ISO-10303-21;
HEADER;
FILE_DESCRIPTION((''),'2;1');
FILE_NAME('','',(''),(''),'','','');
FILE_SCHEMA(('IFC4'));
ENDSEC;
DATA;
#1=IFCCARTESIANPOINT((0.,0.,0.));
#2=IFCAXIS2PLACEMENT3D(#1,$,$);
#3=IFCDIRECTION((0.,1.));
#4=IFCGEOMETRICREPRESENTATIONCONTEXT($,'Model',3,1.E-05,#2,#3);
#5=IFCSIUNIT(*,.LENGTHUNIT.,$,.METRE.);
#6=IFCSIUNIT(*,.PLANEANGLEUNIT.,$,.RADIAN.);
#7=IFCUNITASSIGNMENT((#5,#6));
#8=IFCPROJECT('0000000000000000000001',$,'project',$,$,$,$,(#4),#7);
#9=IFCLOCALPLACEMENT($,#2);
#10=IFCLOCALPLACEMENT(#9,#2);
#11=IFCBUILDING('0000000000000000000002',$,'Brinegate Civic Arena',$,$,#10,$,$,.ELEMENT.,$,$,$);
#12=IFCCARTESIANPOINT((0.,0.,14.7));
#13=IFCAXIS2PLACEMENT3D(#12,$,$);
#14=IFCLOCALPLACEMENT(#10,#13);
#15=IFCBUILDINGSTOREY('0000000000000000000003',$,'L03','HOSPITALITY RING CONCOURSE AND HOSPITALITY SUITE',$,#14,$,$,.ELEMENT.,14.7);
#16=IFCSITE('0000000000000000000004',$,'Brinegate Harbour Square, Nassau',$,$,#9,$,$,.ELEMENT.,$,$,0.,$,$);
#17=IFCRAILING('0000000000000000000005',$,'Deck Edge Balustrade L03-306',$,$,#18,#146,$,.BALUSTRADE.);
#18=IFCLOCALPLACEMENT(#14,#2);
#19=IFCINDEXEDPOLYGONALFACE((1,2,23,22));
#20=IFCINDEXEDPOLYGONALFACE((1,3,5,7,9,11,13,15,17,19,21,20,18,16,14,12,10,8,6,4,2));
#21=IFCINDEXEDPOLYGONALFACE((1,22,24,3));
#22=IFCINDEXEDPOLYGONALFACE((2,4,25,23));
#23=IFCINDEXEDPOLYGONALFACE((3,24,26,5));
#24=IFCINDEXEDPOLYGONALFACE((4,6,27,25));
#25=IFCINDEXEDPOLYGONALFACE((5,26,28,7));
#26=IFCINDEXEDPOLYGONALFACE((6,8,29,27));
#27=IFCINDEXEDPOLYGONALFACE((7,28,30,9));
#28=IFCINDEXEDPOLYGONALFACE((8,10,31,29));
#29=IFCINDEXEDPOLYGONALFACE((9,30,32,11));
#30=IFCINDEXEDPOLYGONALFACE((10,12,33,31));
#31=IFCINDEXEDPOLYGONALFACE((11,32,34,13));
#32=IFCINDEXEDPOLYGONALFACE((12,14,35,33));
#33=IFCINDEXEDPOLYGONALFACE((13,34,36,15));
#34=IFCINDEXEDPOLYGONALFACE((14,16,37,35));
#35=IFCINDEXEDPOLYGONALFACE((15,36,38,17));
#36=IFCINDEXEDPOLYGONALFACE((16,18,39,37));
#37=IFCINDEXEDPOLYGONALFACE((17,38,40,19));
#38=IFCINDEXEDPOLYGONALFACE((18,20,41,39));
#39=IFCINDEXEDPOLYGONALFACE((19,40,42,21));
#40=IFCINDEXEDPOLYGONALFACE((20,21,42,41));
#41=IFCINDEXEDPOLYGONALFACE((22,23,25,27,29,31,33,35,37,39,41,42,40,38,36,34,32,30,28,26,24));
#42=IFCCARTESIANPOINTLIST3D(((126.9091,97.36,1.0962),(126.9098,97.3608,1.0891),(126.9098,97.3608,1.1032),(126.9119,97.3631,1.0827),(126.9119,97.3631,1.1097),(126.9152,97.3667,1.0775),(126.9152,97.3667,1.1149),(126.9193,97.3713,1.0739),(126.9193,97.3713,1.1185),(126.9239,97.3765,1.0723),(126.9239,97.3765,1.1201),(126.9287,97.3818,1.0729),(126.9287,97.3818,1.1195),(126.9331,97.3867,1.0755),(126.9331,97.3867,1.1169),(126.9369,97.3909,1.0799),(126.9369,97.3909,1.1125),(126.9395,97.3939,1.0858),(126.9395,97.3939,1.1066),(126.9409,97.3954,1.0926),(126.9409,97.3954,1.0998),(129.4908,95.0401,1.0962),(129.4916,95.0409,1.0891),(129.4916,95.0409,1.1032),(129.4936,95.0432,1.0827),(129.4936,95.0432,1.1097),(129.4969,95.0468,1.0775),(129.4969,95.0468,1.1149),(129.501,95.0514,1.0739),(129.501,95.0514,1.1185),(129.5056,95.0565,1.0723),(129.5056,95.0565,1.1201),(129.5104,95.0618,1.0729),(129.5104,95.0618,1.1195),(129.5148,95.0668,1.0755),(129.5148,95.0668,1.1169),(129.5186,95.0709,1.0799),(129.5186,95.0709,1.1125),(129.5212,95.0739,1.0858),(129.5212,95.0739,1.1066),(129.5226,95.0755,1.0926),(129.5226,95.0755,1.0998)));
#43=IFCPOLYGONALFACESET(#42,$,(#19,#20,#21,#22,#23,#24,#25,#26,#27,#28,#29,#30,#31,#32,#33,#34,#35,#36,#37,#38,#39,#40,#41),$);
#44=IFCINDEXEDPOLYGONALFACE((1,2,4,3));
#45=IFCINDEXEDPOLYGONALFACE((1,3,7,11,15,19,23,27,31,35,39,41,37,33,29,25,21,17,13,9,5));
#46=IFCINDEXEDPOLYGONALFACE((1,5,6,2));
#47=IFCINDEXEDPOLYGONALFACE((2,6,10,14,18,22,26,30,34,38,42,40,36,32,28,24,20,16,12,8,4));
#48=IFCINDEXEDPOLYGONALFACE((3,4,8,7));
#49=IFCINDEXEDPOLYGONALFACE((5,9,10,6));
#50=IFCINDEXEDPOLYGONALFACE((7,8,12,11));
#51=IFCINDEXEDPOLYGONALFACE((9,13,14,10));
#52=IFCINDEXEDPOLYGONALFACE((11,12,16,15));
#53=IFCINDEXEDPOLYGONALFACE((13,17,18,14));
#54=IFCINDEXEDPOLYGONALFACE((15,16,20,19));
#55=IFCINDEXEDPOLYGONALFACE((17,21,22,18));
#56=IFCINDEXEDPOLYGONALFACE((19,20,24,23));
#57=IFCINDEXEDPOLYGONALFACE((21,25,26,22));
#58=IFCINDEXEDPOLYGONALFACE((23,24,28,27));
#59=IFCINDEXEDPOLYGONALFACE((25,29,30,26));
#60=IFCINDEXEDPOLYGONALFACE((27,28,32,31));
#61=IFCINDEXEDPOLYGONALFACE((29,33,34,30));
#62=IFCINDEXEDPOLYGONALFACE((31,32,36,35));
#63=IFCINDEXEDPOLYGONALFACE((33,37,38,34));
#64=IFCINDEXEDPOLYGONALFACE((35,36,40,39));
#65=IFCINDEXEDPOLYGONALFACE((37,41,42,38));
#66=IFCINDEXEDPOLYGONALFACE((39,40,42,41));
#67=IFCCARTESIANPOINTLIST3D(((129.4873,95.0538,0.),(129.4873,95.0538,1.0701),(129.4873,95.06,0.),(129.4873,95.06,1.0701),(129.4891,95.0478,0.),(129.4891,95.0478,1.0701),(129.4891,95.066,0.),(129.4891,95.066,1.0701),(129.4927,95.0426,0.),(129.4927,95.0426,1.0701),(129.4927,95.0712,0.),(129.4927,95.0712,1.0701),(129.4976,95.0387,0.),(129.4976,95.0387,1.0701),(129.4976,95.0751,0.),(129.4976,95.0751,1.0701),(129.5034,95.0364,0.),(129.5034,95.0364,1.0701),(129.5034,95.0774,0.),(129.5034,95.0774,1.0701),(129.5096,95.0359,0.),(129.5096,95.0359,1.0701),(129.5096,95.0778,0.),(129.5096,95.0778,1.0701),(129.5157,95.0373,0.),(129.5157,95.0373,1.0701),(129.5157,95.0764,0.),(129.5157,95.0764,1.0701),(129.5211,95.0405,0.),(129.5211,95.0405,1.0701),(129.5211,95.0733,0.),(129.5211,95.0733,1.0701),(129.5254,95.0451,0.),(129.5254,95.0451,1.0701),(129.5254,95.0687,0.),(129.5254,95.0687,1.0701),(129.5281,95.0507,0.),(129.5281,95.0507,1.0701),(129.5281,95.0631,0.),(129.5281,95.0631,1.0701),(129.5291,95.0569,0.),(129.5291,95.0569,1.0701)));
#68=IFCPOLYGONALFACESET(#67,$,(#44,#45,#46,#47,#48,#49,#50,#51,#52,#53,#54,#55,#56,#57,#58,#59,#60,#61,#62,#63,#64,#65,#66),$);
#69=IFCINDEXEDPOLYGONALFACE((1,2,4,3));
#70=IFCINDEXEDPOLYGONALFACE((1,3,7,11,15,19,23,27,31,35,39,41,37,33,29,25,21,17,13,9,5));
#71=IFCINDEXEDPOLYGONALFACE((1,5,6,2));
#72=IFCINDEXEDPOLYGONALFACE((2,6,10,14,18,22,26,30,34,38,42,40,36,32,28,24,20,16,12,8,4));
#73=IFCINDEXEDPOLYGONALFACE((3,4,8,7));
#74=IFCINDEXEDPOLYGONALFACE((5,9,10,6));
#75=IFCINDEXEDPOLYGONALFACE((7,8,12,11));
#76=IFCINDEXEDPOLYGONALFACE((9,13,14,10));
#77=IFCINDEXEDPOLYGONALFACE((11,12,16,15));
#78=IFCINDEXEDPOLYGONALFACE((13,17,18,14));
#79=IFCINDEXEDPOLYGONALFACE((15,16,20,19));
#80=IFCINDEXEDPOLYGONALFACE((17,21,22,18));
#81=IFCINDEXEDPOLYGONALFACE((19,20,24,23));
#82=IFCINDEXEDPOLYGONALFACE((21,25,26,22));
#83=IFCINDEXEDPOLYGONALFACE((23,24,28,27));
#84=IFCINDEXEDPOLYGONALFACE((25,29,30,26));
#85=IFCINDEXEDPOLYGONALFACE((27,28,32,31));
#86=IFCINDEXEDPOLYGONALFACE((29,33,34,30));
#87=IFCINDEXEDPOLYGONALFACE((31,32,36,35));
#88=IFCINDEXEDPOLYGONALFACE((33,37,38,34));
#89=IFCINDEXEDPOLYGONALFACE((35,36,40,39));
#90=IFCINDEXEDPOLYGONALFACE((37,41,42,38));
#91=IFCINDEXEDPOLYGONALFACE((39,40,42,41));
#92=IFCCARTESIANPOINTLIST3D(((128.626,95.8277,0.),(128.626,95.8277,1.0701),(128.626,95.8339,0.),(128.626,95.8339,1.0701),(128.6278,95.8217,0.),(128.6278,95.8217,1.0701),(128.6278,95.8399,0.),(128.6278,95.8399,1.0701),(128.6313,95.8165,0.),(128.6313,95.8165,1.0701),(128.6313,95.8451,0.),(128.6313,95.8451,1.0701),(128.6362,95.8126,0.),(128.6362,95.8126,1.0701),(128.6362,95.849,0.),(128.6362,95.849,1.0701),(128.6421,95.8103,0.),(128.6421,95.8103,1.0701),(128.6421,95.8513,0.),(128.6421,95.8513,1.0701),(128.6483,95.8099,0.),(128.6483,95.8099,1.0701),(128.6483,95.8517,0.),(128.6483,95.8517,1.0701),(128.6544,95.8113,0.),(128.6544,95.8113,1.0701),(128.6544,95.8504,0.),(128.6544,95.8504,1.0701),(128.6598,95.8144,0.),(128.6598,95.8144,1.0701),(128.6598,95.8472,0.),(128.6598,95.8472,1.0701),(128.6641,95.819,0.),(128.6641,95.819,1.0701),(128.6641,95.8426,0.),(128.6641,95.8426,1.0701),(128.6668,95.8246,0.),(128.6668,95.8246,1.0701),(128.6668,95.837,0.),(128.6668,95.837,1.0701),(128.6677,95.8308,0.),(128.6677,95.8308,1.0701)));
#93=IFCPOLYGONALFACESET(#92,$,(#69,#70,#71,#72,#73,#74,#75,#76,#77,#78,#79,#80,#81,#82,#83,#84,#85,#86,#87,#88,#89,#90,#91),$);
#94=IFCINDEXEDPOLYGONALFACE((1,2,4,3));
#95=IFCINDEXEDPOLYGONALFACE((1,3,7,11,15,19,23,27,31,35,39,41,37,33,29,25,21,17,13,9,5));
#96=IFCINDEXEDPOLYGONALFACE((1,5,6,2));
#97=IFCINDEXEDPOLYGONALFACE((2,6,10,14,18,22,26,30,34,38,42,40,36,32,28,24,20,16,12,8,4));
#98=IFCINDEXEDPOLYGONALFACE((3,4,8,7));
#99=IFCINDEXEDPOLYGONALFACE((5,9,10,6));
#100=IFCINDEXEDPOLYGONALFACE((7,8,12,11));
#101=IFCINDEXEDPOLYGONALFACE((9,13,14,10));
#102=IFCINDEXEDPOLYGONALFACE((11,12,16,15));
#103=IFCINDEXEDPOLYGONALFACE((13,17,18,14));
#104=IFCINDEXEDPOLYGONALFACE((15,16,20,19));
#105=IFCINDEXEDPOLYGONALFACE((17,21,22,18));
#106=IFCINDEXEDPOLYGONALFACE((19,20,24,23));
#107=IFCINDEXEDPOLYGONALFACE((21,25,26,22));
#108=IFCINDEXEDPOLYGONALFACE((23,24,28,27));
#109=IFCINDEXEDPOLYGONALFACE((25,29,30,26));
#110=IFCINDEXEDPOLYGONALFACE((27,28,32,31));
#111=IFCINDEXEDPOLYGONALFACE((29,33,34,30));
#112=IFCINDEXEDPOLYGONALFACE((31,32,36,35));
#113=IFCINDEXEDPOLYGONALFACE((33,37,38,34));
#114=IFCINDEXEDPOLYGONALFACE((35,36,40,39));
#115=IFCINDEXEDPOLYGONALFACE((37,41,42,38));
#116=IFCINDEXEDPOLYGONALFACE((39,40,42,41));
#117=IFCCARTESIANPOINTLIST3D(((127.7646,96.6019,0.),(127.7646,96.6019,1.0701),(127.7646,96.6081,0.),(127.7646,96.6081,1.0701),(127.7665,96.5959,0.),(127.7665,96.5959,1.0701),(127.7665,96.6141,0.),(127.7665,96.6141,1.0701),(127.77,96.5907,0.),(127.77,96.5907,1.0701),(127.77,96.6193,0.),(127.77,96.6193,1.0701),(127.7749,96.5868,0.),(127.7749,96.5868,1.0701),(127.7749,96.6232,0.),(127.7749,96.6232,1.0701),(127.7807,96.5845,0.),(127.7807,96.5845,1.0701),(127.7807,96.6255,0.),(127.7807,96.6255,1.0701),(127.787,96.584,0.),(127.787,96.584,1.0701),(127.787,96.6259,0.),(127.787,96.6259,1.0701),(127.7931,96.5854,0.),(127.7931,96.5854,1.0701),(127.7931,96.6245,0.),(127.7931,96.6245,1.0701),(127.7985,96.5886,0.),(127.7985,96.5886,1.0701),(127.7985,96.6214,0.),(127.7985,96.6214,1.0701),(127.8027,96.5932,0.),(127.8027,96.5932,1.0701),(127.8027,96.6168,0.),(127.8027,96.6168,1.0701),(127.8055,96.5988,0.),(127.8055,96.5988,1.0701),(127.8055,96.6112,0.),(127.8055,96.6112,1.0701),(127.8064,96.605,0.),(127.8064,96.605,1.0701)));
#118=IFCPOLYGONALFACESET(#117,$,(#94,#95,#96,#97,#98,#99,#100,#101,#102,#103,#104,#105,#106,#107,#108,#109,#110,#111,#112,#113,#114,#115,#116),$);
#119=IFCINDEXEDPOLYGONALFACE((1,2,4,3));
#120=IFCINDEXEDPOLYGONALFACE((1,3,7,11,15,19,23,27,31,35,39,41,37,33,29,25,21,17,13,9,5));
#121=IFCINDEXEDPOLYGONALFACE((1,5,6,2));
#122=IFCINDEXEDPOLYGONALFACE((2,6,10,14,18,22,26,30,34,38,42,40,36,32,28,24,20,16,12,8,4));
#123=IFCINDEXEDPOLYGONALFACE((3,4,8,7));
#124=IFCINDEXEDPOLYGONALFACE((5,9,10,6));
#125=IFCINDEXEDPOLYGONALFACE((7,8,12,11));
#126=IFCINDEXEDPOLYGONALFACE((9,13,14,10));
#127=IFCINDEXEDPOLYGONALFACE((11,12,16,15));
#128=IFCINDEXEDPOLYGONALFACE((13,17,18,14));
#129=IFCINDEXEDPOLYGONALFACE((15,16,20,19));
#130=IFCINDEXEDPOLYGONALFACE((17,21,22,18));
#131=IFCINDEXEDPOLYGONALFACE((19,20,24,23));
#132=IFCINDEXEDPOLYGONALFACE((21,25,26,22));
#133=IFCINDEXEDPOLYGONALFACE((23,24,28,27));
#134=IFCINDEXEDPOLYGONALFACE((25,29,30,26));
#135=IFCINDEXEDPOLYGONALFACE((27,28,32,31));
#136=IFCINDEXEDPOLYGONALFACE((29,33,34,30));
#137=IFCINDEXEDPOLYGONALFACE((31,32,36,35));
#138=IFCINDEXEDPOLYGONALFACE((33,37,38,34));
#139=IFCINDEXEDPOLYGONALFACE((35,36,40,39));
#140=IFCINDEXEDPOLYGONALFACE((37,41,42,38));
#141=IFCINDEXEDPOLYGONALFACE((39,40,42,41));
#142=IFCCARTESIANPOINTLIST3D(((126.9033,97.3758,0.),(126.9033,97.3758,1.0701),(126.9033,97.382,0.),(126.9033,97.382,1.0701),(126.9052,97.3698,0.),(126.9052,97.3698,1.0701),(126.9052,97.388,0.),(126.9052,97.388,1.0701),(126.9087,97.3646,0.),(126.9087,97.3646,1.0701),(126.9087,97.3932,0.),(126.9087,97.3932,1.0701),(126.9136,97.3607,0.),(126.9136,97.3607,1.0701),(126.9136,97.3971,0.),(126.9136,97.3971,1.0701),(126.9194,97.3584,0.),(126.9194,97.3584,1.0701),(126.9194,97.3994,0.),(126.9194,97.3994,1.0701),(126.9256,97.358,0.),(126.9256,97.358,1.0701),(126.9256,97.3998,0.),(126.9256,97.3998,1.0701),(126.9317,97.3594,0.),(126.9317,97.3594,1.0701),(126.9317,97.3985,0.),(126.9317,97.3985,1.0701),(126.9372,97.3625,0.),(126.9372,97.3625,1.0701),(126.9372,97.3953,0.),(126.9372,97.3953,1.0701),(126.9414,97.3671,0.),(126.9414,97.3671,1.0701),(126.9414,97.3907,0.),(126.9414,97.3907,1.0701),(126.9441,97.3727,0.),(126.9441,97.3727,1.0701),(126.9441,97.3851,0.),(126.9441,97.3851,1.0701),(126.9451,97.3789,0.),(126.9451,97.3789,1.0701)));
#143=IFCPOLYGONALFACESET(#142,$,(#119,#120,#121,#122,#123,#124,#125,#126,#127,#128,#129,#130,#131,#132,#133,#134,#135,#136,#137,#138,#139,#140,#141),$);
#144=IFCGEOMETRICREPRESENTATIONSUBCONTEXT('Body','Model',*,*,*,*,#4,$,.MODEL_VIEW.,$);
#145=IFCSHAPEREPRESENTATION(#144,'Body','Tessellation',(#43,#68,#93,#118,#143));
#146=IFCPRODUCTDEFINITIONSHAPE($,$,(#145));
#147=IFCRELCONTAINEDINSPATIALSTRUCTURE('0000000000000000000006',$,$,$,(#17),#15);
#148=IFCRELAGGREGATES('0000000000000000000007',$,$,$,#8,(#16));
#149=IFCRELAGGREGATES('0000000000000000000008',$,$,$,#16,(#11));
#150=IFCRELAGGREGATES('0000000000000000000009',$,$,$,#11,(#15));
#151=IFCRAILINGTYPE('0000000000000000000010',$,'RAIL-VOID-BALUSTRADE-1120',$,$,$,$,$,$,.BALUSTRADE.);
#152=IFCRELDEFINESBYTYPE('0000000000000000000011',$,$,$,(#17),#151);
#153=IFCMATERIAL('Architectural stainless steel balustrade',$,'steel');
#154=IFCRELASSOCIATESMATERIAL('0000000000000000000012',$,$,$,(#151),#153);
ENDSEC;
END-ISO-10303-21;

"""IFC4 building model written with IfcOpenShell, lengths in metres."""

from ifc_helpers import new_model, si_unit, direction, frame, origin, origin_2d, place, context, subcontext, project, spatial, circle, extrude, material, type_object, element, save


model = new_model("IFC4")

# Units and contexts
model_context = context("Model", 3, precision=1e-05, world=origin(), true_north=direction((0.0, 1.0)))
body_context = subcontext(model_context, "Body", "Model", "MODEL_VIEW")
ifc_project = project(units=[si_unit("LENGTHUNIT", "METRE"), si_unit("PLANEANGLEUNIT", "RADIAN")], contexts=[model_context])

# Site, building, storey
site_placement = place(None, origin())
site = spatial("IfcSite", under=ifc_project, at=site_placement, Name="Brinegate Harbour Square, Nassau", CompositionType="ELEMENT", RefElevation=0.0)
building_placement = place(site_placement, origin())
building = spatial("IfcBuilding", under=site, at=building_placement, Name="Brinegate Civic Arena", CompositionType="ELEMENT")
storey_placement = place(building_placement, frame((0.0, 0.0, 14.7)))
storey = spatial("IfcBuildingStorey", under=building, at=storey_placement, Name="L03", Description="HOSPITALITY RING CONCOURSE AND HOSPITALITY SUITE", CompositionType="ELEMENT", Elevation=14.7)

# Railing
ifc_material_1 = material(Name="Architectural stainless steel balustrade", Category="steel")
railing_type_1 = type_object("IfcRailingType", Name="RAIL-VOID-BALUSTRADE-1120", PredefinedType="BALUSTRADE", material=ifc_material_1)
railing_1_placement = place(storey_placement, frame((129.5081, 95.0569, 0.0)))
element("IfcRailing", 1, at=railing_1_placement, inside=storey, type_object=railing_type_1, Name="Deck Edge Balustrade L03-306", PredefinedType="BALUSTRADE", context=body_context, shape_type="SweptSolid", body=[
    extrude(circle(Radius=0.0239, at=origin_2d()), frame((-0.0012, 0.001, 1.0962), z_axis=(-0.743804, 0.668398, 0.0), x_axis=(-0.668398, -0.743804, 0.0)), (0.0, 0.0, 1.0), 3.4709),
    extrude(circle(Radius=0.021, at=origin_2d()), origin(), (0.0, 0.0, 1.0), 1.0701),
    extrude(circle(Radius=0.021, at=origin_2d()), frame((-0.8613, 0.7739, 0.0)), (0.0, 0.0, 1.0), 1.0701),
    extrude(circle(Radius=0.021, at=origin_2d()), frame((-1.7227, 1.5481, 0.0)), (0.0, 0.0, 1.0), 1.0701),
    extrude(circle(Radius=0.021, at=origin_2d()), frame((-2.584, 2.322, 0.0)), (0.0, 0.0, 1.0), 1.0701),
])

save(model, "model.ifc")
